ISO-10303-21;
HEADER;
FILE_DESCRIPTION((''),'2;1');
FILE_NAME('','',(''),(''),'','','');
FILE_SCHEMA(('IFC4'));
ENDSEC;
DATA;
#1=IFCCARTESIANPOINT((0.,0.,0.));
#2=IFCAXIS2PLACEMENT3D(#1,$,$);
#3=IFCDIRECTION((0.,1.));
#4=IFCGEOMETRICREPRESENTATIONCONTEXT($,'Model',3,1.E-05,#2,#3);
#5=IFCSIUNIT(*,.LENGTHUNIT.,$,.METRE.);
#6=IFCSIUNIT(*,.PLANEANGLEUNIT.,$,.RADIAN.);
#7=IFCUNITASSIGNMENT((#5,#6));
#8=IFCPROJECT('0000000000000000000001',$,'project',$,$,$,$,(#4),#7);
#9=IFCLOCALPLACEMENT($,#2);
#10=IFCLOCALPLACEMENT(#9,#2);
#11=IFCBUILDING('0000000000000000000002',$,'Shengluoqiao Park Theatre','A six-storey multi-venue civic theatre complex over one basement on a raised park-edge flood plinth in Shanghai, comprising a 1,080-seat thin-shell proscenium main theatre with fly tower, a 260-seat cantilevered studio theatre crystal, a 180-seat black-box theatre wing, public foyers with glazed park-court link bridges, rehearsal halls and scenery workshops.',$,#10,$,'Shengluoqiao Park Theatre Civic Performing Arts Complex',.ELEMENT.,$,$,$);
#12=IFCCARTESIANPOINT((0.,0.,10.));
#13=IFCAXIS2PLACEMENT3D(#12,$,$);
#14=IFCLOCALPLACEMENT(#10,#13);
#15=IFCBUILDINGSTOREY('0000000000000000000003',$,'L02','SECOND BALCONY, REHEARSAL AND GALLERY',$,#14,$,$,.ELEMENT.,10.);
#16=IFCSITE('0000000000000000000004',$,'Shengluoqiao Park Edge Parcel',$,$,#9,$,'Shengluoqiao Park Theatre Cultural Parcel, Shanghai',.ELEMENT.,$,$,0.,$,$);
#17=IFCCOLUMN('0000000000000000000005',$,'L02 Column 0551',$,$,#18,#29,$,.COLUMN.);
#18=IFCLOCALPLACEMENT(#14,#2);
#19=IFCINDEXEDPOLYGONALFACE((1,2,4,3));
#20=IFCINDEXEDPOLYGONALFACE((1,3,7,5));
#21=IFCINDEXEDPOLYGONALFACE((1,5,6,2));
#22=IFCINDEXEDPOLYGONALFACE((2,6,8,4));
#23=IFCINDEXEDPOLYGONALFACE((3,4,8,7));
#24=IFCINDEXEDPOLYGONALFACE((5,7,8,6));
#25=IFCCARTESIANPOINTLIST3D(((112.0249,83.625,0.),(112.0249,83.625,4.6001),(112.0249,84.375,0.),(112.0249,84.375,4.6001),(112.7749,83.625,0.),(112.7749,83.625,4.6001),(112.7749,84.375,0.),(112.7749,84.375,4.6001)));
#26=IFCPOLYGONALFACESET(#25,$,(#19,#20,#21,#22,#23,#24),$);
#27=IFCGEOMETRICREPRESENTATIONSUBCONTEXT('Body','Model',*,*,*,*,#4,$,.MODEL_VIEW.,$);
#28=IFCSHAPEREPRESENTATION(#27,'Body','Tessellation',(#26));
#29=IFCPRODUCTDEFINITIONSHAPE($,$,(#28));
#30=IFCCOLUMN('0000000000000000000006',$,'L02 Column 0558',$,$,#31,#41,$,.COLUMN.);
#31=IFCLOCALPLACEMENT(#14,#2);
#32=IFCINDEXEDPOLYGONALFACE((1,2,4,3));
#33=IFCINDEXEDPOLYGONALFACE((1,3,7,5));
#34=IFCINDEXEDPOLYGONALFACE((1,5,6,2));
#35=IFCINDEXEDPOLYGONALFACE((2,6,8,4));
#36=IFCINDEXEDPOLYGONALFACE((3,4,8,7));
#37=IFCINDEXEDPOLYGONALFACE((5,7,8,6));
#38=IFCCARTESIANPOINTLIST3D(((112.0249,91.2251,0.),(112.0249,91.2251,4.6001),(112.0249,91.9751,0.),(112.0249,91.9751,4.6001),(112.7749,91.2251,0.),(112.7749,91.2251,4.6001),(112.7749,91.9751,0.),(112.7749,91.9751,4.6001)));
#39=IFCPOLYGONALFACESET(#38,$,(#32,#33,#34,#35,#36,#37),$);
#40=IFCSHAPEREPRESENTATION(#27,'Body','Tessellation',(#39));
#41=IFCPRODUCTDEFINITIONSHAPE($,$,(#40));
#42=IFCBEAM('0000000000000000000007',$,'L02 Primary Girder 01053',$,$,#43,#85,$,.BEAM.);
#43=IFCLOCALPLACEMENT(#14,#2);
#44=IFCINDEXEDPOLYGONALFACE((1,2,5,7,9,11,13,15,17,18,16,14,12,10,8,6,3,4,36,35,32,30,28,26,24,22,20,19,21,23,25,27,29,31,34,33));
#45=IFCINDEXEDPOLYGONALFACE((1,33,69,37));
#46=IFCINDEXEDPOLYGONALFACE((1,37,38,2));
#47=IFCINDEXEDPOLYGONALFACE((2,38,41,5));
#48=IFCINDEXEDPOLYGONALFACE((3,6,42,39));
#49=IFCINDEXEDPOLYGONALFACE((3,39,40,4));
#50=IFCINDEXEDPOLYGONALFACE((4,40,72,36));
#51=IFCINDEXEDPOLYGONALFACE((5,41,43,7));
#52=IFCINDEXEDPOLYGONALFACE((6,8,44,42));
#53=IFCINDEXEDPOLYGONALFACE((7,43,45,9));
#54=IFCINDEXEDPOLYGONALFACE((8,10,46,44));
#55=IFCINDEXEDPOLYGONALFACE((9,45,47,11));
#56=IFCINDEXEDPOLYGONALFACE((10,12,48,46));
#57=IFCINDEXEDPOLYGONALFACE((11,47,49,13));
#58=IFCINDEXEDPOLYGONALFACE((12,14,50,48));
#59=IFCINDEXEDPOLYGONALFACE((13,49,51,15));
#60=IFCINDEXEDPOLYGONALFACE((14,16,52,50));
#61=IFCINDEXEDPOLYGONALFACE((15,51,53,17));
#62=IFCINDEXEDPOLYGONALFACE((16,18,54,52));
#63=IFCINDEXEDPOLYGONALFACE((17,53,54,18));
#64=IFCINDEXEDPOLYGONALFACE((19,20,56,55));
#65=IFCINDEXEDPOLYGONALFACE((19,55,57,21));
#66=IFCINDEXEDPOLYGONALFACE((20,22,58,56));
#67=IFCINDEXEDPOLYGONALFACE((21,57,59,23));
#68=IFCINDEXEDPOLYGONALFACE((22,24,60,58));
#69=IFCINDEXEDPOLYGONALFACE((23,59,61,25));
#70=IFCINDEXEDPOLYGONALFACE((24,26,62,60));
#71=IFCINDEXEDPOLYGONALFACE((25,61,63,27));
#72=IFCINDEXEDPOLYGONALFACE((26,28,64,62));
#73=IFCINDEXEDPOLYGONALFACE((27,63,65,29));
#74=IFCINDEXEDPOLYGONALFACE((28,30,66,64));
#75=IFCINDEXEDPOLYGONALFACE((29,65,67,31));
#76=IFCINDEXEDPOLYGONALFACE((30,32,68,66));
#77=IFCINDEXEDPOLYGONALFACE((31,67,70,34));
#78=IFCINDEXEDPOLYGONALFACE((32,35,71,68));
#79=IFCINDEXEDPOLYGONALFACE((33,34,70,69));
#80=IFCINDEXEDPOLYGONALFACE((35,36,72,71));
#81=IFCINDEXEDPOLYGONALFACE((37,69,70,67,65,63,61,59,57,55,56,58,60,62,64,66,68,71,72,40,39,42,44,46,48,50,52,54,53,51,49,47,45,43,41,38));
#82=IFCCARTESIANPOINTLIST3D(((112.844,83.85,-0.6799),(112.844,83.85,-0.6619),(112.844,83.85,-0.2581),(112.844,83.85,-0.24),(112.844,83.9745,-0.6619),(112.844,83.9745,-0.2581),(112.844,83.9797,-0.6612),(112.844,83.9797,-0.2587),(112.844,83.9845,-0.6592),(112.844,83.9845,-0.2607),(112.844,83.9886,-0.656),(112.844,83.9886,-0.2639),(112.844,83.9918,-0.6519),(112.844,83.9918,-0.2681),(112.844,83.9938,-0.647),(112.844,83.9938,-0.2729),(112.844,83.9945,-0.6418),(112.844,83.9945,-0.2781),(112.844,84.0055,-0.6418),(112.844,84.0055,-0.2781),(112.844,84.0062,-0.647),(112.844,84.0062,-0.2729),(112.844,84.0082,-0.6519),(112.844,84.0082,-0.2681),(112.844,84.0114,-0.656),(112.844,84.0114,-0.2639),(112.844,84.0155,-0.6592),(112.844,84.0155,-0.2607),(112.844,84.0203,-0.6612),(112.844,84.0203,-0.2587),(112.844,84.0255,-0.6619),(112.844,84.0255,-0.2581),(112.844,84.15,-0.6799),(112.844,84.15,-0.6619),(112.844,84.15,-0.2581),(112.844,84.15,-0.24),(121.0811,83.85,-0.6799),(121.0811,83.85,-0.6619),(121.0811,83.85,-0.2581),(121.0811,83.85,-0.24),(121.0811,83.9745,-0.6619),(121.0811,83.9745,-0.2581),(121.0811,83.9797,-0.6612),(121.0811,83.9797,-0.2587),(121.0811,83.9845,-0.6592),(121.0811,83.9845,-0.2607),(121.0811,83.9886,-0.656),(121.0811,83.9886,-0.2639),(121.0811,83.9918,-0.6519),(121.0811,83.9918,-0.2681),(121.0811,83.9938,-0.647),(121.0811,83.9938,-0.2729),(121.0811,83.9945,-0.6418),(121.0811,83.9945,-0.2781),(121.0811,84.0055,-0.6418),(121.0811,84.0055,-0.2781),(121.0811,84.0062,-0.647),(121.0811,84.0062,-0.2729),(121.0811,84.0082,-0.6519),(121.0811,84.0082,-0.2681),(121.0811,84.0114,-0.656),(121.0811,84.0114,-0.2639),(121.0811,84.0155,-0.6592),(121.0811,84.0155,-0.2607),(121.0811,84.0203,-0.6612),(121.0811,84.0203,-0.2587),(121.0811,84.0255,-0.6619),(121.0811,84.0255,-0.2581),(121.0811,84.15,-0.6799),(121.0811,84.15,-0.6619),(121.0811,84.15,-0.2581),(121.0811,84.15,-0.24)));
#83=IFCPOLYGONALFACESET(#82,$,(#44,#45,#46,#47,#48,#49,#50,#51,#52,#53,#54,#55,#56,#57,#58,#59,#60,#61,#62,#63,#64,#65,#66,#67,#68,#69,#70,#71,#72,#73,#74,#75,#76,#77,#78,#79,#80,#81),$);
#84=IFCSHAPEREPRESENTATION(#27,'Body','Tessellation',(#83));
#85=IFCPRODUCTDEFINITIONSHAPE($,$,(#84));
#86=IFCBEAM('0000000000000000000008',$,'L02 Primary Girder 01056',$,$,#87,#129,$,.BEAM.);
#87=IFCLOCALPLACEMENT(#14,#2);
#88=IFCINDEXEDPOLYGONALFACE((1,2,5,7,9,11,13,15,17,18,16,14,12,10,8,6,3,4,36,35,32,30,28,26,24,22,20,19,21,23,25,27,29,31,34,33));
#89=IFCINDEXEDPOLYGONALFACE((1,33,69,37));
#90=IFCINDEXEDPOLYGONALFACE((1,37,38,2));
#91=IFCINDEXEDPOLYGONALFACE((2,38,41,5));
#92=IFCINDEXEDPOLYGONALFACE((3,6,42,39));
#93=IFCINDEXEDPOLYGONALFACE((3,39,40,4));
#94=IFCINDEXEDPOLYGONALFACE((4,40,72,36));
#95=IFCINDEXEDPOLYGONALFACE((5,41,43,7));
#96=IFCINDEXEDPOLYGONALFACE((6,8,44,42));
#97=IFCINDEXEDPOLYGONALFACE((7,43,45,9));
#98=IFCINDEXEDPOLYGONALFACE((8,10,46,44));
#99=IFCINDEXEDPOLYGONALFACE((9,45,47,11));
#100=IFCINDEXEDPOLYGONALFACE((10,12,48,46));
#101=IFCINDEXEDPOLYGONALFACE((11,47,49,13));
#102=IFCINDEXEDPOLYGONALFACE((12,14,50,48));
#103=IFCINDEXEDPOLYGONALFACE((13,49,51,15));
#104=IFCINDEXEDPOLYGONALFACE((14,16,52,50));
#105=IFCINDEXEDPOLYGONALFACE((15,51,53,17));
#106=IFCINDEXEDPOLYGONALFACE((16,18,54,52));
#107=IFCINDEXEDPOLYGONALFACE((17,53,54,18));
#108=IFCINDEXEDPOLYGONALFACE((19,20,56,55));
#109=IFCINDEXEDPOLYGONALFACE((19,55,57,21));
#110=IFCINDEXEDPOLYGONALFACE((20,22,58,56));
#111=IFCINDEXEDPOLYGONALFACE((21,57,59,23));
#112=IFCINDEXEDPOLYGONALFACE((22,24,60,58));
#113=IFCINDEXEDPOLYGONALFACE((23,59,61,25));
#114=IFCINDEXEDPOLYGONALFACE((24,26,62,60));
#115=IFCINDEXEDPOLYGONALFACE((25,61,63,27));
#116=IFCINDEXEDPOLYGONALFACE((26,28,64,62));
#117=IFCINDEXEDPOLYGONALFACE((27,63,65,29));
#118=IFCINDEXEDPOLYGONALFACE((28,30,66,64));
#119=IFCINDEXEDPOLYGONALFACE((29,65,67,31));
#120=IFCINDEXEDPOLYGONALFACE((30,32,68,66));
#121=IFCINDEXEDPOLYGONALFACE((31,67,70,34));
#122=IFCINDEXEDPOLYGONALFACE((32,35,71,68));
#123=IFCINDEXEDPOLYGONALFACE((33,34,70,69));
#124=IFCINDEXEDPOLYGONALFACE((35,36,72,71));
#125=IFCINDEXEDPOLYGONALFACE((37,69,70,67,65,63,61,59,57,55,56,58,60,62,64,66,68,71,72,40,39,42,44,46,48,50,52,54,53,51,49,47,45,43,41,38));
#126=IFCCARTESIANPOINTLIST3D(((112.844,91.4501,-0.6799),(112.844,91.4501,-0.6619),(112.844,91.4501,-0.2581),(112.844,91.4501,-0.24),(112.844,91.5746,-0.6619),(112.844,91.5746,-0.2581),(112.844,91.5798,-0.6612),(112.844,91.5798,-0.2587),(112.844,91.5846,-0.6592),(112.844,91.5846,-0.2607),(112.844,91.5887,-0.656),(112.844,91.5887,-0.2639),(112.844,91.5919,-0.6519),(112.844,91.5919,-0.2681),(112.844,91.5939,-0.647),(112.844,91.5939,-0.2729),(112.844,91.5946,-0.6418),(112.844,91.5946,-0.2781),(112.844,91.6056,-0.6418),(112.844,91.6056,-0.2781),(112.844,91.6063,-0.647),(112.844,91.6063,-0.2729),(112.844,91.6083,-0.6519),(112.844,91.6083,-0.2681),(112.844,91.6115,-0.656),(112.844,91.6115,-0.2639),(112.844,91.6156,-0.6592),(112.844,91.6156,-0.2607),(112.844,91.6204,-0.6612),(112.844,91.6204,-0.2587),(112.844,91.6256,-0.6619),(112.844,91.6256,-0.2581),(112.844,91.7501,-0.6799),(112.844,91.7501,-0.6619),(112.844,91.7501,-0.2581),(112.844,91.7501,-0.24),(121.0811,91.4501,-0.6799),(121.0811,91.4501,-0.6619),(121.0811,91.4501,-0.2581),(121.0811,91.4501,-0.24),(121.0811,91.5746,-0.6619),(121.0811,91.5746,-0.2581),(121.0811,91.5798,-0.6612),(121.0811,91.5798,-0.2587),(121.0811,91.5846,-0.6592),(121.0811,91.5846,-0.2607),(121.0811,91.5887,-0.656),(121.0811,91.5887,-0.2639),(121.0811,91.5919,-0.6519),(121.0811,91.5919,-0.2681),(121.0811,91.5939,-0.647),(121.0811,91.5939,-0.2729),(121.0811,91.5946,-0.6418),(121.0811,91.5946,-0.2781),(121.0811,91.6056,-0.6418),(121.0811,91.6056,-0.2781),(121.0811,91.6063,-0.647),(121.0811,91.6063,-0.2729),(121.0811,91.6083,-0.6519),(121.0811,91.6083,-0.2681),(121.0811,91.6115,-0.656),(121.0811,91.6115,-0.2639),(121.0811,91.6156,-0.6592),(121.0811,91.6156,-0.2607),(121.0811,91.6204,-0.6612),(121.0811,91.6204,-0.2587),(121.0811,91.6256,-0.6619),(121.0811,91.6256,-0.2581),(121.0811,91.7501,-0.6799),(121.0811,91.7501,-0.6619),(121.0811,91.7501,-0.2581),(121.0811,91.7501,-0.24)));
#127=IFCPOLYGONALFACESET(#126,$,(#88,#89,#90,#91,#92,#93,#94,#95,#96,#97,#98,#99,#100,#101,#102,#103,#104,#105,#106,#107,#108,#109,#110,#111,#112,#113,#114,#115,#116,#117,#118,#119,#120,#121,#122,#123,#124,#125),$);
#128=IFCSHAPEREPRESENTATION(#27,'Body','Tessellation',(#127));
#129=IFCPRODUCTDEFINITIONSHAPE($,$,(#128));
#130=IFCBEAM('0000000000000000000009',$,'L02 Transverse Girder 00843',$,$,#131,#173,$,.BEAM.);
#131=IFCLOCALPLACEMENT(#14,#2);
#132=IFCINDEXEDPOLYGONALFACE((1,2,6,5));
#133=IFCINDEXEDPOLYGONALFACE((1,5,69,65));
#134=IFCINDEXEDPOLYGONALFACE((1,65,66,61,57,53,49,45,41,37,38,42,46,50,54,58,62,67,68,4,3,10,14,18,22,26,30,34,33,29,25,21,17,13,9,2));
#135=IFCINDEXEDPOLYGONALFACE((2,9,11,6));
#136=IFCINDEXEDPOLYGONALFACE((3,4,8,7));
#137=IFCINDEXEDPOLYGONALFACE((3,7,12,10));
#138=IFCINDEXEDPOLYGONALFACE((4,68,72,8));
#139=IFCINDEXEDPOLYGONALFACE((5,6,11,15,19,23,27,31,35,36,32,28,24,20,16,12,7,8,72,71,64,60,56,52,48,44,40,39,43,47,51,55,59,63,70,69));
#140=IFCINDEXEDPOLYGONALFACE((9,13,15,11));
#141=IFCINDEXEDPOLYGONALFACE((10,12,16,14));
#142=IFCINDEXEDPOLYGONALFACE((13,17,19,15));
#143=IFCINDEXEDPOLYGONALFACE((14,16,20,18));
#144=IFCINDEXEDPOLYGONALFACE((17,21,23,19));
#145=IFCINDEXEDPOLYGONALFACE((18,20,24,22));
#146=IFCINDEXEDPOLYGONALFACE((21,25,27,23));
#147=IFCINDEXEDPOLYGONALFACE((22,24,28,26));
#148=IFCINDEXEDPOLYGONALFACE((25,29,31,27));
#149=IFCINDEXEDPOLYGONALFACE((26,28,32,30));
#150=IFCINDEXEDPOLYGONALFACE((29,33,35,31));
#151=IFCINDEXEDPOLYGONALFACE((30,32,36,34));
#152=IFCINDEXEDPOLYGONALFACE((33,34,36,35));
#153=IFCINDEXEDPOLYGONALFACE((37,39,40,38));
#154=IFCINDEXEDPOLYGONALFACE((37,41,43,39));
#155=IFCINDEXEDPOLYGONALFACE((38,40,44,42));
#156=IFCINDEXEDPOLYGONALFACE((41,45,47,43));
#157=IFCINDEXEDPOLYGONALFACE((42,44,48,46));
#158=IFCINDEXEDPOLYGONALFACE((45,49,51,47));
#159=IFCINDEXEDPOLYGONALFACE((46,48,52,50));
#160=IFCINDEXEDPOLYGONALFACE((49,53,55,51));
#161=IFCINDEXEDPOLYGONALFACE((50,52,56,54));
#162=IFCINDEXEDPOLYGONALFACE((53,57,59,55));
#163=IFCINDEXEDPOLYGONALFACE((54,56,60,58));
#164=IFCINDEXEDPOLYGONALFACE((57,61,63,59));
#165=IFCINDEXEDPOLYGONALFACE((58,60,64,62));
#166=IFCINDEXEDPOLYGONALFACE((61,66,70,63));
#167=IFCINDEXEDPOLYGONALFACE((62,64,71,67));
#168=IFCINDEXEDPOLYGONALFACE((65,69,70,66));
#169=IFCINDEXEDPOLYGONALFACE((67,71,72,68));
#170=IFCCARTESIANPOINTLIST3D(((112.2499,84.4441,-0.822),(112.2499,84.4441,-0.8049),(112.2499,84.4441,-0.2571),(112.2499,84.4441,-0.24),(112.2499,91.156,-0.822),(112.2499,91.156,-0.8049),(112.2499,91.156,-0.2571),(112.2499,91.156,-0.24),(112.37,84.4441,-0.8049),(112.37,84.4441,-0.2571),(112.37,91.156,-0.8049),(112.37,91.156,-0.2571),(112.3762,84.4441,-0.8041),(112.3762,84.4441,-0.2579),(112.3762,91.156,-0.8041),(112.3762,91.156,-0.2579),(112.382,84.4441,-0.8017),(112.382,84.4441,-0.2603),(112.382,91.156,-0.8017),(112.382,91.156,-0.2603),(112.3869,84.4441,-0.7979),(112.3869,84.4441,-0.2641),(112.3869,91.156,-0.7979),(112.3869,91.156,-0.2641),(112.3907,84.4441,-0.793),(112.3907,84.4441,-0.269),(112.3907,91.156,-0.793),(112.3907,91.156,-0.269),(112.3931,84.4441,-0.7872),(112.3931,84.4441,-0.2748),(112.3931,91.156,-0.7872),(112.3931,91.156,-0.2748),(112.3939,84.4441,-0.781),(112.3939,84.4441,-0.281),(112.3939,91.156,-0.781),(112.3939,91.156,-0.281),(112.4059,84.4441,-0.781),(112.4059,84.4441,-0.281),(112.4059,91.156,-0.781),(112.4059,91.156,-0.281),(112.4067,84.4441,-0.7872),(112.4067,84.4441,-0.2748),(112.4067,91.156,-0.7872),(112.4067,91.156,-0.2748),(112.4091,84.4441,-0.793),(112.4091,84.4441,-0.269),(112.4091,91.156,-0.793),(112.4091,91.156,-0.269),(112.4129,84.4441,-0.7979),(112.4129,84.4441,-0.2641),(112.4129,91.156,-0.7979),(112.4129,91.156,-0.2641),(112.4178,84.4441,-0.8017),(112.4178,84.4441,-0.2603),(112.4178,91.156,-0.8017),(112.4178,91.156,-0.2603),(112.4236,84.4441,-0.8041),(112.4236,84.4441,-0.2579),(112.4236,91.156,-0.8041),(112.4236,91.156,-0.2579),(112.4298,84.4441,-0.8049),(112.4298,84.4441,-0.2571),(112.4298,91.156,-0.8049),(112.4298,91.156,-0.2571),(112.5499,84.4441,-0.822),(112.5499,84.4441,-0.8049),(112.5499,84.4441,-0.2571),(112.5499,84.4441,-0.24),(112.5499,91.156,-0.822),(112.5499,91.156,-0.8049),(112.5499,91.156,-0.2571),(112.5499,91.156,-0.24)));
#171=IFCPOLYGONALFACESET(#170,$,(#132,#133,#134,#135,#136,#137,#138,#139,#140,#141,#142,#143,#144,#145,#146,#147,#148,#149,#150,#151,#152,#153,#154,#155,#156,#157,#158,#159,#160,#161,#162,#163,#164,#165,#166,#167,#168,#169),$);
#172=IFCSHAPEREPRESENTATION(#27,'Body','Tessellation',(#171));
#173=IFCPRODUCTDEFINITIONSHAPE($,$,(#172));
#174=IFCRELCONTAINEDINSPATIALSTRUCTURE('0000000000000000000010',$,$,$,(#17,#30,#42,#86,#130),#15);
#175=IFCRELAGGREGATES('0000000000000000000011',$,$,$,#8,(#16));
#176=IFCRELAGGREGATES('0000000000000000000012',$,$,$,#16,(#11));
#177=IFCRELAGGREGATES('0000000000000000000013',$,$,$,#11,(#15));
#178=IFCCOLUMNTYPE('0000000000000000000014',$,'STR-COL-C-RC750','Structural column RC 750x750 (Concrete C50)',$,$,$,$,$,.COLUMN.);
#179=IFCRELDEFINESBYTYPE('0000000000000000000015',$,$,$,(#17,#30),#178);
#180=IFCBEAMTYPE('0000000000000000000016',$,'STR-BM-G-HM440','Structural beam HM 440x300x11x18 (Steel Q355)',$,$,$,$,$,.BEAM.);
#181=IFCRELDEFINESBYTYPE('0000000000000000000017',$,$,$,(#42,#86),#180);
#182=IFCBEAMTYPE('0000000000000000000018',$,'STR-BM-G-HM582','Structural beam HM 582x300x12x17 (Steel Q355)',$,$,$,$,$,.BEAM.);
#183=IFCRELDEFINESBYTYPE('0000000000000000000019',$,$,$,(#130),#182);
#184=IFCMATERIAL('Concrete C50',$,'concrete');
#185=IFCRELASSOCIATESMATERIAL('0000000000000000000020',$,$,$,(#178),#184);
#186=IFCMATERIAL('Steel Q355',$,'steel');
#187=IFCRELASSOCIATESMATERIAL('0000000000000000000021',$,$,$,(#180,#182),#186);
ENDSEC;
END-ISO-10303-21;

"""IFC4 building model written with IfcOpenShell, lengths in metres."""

from ifc_helpers import new_model, si_unit, direction, frame, origin, origin_2d, place, context, subcontext, project, spatial, rectangle, i_section, extrude, material, material_profile, profile_set, type_object, element, save


model = new_model("IFC4")

# Units and contexts
model_context = context("Model", 3, precision=1e-05, world=origin(), true_north=direction((0.0, 1.0)))
body_context = subcontext(model_context, "Body", "Model", "MODEL_VIEW")
ifc_project = project(units=[si_unit("LENGTHUNIT", "METRE"), si_unit("PLANEANGLEUNIT", "RADIAN")], contexts=[model_context])

# Site, building, storey
site_placement = place(None, origin())
site = spatial("IfcSite", under=ifc_project, at=site_placement, Name="Shengluoqiao Park Edge Parcel", LongName="Shengluoqiao Park Theatre Cultural Parcel, Shanghai", CompositionType="ELEMENT", RefElevation=0.0)
building_placement = place(site_placement, origin())
building = spatial("IfcBuilding", under=site, at=building_placement, Name="Shengluoqiao Park Theatre", Description="A six-storey multi-venue civic theatre complex over one basement on a raised park-edge flood plinth in Shanghai, comprising a 1,080-seat thin-shell proscenium main theatre with fly tower, a 260-seat cantilevered studio theatre crystal, a 180-seat black-box theatre wing, public foyers with glazed park-court link bridges, rehearsal halls and scenery workshops.", LongName="Shengluoqiao Park Theatre Civic Performing Arts Complex", CompositionType="ELEMENT")
storey_placement = place(building_placement, frame((0.0, 0.0, 10.0)))
storey = spatial("IfcBuildingStorey", under=building, at=storey_placement, Name="L02", Description="SECOND BALCONY, REHEARSAL AND GALLERY", CompositionType="ELEMENT", Elevation=10.0)

# Columns
ifc_material_1 = material(Name="Concrete C50", Category="concrete")
ifc_material_profile_1 = material_profile(ifc_material_1, rectangle(XDim=0.75, YDim=0.75, at=origin_2d()), Name="RC 750x750")
ifc_profile_set_1 = profile_set([ifc_material_profile_1], Name="Concrete C50")
column_type = type_object("IfcColumnType", Name="STR-COL-C-RC750", Description="Structural column RC 750x750 (Concrete C50)", PredefinedType="COLUMN", material=ifc_profile_set_1)
for number, where, z_axis, x_axis, name in (
    (1, (112.3999, 84.0, 0.0), (0.0, 0.0, 1.0), (1.0, 0.0, 0.0), "L02 Column 0551"),
    (2, (112.3999, 91.6001, 0.0), (0.0, 0.0, 1.0), (1.0, 0.0, 0.0), "L02 Column 0558"),
):
    element("IfcColumn", number, at=place(storey_placement, frame(where, z_axis=z_axis, x_axis=x_axis)), inside=storey, type_object=column_type, Name=name, PredefinedType="COLUMN", context=body_context, shape_type="SweptSolid", body=[
        extrude(rectangle(XDim=0.75, YDim=0.75, at=origin_2d()), origin(), (0.0, 0.0, 1.0), 4.6001),
    ])

# Beams
ifc_material_2 = material(Name="Steel Q355", Category="steel")
ifc_material_profile_2 = material_profile(ifc_material_2, i_section(OverallWidth=0.3, OverallDepth=0.4399, WebThickness=0.011, FlangeThickness=0.0181, FilletRadius=0.02, at=origin_2d()), Name="HM 440x300x11x18")
ifc_profile_set_2 = profile_set([ifc_material_profile_2], Name="Steel Q355")
beam_type_1 = type_object("IfcBeamType", Name="STR-BM-G-HM440", Description="Structural beam HM 440x300x11x18 (Steel Q355)", PredefinedType="BEAM", material=ifc_profile_set_2)
for number, where, z_axis, x_axis, name in (
    (3, (112.844, 84.0, -0.46), (1.0, 0.0, 0.0), (0.0, 1.0, 0.0), "L02 Primary Girder 01053"),
    (4, (112.844, 91.6001, -0.46), (1.0, 0.0, 0.0), (0.0, 1.0, 0.0), "L02 Primary Girder 01056"),
):
    element("IfcBeam", number, at=place(storey_placement, frame(where, z_axis=z_axis, x_axis=x_axis)), inside=storey, type_object=beam_type_1, Name=name, PredefinedType="BEAM", context=body_context, shape_type="SweptSolid", body=[
        extrude(i_section(OverallWidth=0.3, OverallDepth=0.4399, WebThickness=0.011, FlangeThickness=0.0181, FilletRadius=0.02, at=origin_2d()), origin(), (0.0, 0.0, 1.0), 8.2371),
    ])
ifc_material_profile_3 = material_profile(ifc_material_2, i_section(OverallWidth=0.3, OverallDepth=0.582, WebThickness=0.012, FlangeThickness=0.0171, FilletRadius=0.0239, at=origin_2d()), Name="HM 582x300x12x17")
ifc_profile_set_3 = profile_set([ifc_material_profile_3], Name="Steel Q355")
beam_type_2 = type_object("IfcBeamType", Name="STR-BM-G-HM582", Description="Structural beam HM 582x300x12x17 (Steel Q355)", PredefinedType="BEAM", material=ifc_profile_set_3)
beam_1_placement = place(storey_placement, frame((112.3999, 84.4441, -0.531), z_axis=(0.0, 1.0, 0.0), x_axis=(-1.0, 0.0, 0.0)))
element("IfcBeam", 5, at=beam_1_placement, inside=storey, type_object=beam_type_2, Name="L02 Transverse Girder 00843", PredefinedType="BEAM", context=body_context, shape_type="SweptSolid", body=[
    extrude(i_section(OverallWidth=0.3, OverallDepth=0.582, WebThickness=0.012, FlangeThickness=0.0171, FilletRadius=0.0239, at=origin_2d()), origin(), (0.0, 0.0, 1.0), 6.7119),
])

save(model, "model.ifc")
